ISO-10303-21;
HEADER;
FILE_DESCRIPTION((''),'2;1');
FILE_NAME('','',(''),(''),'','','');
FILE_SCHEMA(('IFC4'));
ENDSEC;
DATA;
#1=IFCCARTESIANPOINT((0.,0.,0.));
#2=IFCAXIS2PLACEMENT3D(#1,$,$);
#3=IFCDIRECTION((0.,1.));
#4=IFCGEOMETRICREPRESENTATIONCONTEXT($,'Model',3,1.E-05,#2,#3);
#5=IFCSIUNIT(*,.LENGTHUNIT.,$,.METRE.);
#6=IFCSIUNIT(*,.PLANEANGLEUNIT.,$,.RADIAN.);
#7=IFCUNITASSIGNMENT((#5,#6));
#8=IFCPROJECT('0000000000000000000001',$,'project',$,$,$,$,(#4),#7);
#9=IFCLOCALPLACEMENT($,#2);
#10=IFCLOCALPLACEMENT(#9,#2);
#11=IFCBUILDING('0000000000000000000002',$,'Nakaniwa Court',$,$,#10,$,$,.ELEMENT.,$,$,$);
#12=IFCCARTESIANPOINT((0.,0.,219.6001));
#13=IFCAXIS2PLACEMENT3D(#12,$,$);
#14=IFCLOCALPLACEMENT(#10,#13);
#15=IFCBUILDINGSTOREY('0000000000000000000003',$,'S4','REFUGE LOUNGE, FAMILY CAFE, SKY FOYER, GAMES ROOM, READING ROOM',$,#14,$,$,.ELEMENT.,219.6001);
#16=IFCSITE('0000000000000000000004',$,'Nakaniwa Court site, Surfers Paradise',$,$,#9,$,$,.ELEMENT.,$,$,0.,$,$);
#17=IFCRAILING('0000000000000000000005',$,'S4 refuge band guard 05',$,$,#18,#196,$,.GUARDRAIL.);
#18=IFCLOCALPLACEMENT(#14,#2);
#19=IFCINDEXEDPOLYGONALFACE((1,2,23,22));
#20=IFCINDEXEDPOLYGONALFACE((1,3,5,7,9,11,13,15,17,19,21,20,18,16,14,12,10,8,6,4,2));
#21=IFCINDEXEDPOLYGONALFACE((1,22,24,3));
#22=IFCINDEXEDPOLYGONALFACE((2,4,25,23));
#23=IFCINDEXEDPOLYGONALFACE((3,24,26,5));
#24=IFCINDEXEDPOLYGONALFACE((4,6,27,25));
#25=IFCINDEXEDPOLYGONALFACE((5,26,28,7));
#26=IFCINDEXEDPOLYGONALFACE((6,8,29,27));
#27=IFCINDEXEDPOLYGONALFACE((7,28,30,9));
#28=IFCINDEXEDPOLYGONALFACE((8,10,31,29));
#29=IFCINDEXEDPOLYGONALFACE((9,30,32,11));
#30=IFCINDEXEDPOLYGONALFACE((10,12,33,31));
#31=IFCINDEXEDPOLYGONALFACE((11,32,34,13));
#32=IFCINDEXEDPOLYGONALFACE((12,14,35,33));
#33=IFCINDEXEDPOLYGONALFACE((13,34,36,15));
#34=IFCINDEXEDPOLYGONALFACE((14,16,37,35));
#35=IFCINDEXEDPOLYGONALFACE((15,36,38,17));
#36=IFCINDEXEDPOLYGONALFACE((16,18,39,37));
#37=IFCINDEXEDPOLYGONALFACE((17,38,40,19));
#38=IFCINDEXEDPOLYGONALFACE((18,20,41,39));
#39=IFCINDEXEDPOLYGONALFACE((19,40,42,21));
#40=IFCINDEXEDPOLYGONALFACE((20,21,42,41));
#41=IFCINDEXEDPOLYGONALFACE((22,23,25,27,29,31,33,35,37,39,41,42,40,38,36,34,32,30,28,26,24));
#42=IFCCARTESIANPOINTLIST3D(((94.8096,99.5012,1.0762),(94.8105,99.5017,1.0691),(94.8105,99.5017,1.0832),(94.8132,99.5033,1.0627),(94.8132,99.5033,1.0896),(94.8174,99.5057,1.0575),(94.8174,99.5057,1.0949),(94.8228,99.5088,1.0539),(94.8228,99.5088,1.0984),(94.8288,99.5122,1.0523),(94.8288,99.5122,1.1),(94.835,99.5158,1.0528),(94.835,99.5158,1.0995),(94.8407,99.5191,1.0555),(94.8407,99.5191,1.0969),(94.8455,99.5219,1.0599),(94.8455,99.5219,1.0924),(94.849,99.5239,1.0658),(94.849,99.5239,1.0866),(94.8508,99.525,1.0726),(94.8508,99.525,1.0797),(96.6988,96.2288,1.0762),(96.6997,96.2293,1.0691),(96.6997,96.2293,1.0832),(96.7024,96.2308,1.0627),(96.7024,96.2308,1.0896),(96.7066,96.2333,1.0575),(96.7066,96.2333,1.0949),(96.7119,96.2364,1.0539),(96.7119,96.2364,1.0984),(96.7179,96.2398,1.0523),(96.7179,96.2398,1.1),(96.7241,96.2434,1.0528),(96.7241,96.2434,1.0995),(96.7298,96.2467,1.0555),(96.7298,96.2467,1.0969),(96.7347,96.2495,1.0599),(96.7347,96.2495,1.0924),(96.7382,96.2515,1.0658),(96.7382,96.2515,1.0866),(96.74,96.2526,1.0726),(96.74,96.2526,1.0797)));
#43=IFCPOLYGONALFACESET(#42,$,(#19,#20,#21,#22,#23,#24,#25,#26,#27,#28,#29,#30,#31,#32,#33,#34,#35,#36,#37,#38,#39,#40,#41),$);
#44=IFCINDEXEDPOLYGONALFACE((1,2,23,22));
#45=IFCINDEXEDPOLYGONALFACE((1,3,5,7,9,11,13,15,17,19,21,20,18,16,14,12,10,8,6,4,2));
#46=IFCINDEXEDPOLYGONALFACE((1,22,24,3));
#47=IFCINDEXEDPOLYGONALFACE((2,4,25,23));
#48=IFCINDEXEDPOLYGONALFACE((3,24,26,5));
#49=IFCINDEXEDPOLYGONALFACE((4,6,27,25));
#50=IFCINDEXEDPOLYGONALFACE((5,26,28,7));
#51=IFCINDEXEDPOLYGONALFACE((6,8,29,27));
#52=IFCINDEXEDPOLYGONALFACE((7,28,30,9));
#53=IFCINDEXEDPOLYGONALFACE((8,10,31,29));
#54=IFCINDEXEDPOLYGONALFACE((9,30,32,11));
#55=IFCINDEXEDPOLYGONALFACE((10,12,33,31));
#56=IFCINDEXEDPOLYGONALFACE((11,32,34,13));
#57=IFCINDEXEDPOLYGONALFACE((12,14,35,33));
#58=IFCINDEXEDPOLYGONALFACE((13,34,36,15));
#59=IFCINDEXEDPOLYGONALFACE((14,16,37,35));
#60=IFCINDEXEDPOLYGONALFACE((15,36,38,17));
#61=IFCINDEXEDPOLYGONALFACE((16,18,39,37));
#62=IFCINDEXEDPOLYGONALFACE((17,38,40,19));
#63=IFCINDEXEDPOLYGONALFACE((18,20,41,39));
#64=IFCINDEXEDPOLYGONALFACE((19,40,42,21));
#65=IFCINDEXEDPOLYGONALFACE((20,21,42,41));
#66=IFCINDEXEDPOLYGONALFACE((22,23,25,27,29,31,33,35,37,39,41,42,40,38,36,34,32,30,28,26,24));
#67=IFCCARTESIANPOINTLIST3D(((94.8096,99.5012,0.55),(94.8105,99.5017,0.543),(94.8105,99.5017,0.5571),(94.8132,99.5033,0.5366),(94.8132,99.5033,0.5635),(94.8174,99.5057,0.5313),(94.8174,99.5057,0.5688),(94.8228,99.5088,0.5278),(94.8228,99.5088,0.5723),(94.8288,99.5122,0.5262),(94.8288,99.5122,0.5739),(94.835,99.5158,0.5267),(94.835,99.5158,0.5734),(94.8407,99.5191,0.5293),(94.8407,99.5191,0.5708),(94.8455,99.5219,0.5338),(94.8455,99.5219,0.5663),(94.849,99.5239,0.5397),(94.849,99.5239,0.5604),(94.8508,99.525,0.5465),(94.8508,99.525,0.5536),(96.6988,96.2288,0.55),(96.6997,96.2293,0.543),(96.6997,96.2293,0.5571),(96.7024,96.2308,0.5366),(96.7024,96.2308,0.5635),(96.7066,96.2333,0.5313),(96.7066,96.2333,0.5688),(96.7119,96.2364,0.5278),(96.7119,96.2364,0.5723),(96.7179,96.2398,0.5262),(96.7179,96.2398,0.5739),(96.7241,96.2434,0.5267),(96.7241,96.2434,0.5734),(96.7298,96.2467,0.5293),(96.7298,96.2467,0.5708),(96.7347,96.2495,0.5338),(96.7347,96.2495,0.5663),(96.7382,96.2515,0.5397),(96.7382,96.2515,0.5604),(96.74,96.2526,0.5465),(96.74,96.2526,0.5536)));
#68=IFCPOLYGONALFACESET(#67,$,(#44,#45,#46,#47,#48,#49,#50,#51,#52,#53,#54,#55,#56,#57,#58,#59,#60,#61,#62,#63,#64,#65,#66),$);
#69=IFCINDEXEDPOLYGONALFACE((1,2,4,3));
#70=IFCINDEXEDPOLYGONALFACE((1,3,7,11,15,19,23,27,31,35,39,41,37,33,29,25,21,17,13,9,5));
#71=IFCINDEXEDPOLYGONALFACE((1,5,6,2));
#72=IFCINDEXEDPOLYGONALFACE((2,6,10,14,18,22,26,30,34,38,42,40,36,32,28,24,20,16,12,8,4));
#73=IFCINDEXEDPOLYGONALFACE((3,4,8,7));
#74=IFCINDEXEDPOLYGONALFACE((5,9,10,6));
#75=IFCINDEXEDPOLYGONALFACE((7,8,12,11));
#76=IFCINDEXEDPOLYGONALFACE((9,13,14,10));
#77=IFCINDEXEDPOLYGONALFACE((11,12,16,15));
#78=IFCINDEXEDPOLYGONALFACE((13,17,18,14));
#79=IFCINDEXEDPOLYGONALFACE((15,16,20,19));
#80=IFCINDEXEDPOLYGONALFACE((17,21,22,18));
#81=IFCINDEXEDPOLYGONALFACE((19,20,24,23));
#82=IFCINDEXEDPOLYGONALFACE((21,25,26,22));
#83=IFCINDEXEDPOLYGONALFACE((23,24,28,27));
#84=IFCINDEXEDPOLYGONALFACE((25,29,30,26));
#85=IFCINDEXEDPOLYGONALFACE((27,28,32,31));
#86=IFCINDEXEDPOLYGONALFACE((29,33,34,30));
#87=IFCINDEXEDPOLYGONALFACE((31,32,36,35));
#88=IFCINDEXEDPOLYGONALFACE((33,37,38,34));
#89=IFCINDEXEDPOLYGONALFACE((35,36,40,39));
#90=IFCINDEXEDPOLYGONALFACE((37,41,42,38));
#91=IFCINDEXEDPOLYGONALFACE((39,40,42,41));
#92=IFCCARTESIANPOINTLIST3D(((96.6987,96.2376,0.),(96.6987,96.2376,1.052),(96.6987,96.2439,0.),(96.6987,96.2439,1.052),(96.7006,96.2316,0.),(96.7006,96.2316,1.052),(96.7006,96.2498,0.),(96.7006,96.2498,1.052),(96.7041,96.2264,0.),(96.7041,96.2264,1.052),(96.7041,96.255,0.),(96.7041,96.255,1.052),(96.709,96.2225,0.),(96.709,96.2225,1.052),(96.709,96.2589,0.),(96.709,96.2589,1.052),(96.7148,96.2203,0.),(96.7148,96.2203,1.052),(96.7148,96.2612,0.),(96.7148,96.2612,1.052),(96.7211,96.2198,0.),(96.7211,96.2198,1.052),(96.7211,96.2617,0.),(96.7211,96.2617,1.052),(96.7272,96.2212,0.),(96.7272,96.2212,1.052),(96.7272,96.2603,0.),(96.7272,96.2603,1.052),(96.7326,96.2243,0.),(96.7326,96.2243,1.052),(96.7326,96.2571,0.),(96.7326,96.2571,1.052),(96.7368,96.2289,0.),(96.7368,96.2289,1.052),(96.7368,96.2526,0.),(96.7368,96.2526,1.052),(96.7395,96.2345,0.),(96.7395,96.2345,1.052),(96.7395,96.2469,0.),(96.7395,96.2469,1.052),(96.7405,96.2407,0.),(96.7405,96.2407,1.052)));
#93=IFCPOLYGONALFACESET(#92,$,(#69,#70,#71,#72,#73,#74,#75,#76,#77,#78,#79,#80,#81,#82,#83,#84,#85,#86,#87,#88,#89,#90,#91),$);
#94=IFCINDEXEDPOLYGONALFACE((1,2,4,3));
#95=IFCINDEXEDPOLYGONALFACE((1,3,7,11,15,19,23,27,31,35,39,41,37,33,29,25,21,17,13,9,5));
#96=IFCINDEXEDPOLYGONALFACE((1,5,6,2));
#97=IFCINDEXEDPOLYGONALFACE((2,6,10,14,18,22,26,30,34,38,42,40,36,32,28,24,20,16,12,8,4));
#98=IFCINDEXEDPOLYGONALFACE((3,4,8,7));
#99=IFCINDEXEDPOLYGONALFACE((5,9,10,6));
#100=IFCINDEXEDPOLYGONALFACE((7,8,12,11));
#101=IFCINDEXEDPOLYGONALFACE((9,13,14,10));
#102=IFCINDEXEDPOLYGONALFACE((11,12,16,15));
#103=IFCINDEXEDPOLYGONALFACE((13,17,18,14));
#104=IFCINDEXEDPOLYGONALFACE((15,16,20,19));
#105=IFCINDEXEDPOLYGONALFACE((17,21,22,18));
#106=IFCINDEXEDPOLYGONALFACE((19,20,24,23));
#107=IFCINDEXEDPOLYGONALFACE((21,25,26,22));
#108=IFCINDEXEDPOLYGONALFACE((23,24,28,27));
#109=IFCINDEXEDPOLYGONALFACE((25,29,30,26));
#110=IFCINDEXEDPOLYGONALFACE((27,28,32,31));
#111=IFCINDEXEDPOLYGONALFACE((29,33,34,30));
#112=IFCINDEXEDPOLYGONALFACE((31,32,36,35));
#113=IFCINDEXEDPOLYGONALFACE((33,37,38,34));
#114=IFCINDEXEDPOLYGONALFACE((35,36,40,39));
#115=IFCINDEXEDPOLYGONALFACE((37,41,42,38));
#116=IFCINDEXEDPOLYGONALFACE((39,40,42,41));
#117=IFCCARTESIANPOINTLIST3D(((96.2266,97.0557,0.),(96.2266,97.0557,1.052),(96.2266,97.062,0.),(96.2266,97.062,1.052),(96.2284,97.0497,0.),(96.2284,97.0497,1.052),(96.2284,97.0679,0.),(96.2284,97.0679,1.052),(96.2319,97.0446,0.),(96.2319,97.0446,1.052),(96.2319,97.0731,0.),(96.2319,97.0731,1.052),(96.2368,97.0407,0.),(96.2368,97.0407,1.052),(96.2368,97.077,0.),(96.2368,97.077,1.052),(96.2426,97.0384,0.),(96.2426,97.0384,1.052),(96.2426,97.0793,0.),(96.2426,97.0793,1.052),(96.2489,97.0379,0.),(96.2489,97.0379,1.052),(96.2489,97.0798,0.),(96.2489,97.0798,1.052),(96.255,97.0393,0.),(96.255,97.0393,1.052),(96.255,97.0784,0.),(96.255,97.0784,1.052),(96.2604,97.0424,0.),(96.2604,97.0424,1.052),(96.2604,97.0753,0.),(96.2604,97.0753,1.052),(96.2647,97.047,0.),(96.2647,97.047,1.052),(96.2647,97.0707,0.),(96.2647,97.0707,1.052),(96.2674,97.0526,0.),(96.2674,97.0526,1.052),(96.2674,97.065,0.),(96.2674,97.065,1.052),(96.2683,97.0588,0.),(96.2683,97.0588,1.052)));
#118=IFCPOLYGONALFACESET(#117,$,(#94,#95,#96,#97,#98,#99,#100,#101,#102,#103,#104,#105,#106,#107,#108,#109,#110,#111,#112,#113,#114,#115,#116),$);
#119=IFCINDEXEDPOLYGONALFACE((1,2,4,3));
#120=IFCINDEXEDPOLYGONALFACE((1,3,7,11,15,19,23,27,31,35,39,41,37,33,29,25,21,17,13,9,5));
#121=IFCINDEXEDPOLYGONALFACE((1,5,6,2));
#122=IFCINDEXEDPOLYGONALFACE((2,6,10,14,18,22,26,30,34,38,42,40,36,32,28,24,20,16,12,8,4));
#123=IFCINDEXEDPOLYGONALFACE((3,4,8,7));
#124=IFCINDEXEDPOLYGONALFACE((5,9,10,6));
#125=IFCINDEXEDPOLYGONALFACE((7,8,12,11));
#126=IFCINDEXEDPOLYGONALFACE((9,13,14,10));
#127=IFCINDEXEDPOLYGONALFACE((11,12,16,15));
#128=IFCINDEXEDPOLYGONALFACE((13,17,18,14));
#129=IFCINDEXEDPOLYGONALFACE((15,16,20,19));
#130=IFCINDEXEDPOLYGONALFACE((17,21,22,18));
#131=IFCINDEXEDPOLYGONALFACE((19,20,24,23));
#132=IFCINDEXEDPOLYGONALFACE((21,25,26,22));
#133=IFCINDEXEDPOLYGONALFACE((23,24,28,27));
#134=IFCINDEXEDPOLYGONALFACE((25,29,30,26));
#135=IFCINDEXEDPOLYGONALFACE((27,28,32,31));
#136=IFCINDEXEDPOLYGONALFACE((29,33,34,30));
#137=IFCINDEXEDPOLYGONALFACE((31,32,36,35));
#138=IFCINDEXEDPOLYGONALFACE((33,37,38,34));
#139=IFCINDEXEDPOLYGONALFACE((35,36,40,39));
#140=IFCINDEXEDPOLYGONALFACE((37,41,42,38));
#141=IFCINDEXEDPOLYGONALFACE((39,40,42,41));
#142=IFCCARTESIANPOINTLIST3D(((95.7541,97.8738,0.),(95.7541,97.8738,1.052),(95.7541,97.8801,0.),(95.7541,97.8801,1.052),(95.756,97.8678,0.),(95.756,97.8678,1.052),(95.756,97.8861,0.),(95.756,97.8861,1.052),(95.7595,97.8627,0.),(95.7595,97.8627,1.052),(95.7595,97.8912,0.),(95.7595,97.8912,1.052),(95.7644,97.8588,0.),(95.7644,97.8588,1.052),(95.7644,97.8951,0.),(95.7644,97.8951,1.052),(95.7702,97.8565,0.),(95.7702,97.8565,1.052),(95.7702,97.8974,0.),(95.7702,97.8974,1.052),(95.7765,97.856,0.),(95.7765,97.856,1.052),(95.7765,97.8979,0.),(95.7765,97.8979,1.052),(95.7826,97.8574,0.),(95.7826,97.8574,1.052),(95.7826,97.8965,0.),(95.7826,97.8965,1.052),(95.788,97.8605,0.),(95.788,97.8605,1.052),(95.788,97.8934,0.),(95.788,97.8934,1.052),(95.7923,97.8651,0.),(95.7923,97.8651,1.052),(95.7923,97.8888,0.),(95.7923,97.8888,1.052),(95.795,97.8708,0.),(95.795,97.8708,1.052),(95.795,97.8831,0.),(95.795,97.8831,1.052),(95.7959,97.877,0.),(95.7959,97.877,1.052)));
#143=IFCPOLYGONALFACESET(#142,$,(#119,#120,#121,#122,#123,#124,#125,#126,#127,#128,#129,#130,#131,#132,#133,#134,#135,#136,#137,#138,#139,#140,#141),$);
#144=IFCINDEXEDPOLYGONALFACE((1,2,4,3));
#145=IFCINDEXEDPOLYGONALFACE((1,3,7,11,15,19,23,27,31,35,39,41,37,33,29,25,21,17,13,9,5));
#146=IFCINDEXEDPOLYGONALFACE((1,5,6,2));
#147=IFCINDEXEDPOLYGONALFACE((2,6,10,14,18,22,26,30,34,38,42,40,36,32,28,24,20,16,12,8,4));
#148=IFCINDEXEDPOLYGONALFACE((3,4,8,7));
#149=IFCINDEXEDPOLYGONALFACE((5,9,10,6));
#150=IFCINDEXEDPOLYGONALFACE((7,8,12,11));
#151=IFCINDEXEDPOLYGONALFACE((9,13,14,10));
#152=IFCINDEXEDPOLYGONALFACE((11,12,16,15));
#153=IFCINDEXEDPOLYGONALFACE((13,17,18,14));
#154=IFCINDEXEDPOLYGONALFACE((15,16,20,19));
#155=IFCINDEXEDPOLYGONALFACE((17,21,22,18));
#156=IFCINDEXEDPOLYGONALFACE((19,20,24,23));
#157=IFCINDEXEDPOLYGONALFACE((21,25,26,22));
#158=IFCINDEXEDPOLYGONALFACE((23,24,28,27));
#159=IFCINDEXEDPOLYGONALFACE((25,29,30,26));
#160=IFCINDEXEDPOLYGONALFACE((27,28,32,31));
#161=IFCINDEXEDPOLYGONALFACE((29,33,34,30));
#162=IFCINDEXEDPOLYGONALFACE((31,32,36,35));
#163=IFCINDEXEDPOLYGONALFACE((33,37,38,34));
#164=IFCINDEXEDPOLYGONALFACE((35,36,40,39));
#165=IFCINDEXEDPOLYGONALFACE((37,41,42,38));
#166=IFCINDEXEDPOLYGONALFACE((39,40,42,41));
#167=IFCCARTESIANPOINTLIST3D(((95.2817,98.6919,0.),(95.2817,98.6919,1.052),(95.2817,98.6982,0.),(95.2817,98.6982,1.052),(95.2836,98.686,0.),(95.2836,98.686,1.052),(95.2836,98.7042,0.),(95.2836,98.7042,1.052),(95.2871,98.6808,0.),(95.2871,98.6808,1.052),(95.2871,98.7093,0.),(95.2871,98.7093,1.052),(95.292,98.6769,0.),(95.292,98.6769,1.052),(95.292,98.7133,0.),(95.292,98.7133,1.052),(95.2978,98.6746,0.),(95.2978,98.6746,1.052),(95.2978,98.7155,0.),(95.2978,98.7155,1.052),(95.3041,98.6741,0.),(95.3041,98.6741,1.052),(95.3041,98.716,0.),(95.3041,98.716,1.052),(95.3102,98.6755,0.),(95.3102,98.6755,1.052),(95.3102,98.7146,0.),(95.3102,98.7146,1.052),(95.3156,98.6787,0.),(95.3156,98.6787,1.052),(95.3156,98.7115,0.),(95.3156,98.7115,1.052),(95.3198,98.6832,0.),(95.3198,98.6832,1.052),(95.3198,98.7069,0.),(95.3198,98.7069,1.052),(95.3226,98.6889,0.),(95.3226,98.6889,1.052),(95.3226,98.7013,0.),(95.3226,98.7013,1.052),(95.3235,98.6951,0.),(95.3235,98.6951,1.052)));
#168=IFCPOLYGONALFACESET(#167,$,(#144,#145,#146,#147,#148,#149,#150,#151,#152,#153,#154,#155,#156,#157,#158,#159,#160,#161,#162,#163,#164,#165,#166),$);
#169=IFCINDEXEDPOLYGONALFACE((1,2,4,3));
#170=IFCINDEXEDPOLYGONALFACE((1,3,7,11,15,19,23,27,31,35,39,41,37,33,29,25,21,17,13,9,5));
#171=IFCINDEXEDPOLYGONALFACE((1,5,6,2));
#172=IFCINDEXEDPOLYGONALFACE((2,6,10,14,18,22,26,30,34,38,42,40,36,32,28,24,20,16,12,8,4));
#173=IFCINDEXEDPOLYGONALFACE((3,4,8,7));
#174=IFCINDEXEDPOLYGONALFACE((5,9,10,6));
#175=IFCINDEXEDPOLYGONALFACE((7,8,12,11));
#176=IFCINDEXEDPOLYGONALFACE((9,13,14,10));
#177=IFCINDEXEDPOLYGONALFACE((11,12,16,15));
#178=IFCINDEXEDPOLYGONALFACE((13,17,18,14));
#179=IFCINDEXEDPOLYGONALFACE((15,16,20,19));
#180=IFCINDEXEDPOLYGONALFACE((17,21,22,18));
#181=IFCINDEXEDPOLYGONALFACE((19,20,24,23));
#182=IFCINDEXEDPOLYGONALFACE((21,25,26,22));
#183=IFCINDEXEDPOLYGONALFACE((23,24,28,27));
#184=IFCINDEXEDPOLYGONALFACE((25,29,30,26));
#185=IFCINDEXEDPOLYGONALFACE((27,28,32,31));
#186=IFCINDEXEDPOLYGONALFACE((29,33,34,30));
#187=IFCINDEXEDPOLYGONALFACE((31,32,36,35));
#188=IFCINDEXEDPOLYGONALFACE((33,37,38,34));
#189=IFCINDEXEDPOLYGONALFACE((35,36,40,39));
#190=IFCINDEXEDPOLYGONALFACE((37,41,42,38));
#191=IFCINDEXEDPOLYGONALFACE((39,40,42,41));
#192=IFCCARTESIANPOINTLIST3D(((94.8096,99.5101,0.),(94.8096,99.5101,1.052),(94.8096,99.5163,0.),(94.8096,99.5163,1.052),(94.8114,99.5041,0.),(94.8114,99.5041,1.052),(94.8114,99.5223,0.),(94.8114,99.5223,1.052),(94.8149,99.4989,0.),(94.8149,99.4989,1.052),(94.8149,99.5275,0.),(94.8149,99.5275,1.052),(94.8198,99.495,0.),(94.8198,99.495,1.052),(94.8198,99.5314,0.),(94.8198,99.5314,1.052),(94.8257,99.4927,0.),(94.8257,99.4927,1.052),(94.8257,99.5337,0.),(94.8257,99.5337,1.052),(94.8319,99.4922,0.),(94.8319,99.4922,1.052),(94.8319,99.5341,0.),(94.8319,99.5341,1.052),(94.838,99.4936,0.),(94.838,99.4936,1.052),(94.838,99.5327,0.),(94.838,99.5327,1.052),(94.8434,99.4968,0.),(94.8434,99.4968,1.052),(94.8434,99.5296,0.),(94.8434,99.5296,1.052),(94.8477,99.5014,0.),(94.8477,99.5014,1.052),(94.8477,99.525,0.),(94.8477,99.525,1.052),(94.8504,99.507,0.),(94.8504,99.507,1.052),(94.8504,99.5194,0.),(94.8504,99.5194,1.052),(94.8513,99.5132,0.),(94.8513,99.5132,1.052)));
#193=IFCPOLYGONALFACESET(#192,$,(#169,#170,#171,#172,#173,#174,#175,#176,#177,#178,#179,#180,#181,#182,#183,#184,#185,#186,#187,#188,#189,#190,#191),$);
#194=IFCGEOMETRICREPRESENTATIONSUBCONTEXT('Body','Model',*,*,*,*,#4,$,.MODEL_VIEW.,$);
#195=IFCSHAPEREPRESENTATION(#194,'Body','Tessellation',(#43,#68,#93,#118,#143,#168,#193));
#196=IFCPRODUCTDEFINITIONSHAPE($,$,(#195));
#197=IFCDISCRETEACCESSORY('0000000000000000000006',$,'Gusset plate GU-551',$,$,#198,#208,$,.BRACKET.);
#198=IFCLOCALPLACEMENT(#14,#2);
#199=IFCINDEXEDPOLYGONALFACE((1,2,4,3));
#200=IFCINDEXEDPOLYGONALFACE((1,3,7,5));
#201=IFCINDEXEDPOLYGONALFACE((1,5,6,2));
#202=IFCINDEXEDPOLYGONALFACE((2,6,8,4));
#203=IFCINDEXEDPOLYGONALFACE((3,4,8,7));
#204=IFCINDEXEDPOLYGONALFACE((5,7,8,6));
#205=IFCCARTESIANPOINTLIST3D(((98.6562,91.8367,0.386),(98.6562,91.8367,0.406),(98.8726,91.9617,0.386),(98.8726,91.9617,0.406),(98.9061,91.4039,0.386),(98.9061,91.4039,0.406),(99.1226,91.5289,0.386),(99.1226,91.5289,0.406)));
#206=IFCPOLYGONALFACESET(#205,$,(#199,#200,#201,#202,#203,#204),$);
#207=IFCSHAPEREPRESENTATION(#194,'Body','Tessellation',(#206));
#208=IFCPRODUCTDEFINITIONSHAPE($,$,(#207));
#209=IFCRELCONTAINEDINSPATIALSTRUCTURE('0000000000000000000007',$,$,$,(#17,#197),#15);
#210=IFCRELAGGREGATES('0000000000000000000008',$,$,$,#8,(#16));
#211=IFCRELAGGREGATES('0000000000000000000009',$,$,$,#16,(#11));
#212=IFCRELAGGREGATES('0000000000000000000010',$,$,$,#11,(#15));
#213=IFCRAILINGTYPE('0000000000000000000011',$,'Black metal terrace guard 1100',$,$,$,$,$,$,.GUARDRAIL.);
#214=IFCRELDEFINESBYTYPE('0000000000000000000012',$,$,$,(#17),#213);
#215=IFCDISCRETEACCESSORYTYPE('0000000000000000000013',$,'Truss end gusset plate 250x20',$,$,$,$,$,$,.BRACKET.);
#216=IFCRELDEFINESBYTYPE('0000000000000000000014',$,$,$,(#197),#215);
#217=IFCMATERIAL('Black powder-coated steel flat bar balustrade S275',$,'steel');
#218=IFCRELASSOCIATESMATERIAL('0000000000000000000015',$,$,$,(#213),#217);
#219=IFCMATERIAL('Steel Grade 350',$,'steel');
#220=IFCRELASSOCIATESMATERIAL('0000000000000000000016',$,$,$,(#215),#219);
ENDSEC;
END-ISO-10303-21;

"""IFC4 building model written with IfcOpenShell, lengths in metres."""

from ifc_helpers import new_model, si_unit, direction, frame, origin, origin_2d, place, context, subcontext, project, spatial, rectangle, circle, extrude, material, material_profile, profile_set, type_object, element, save


model = new_model("IFC4")

# Units and contexts
model_context = context("Model", 3, precision=1e-05, world=origin(), true_north=direction((0.0, 1.0)))
body_context = subcontext(model_context, "Body", "Model", "MODEL_VIEW")
ifc_project = project(units=[si_unit("LENGTHUNIT", "METRE"), si_unit("PLANEANGLEUNIT", "RADIAN")], contexts=[model_context])

# Site, building, storey
site_placement = place(None, origin())
site = spatial("IfcSite", under=ifc_project, at=site_placement, Name="Nakaniwa Court site, Surfers Paradise", CompositionType="ELEMENT", RefElevation=0.0)
building_placement = place(site_placement, origin())
building = spatial("IfcBuilding", under=site, at=building_placement, Name="Nakaniwa Court", CompositionType="ELEMENT")
storey_placement = place(building_placement, frame((0.0, 0.0, 219.6001)))
storey = spatial("IfcBuildingStorey", under=building, at=storey_placement, Name="S4", Description="REFUGE LOUNGE, FAMILY CAFE, SKY FOYER, GAMES ROOM, READING ROOM", CompositionType="ELEMENT", Elevation=219.6001)

# Shared definitions
ifc_material_1 = material(Name="Steel Grade 350", Category="steel")

# Railing
ifc_material_2 = material(Name="Black powder-coated steel flat bar balustrade S275", Category="steel")
railing_type = type_object("IfcRailingType", Name="Black metal terrace guard 1100", PredefinedType="GUARDRAIL", material=ifc_material_2)
railing_1_placement = place(storey_placement, frame((96.7195, 96.2407, 0.0)))
element("IfcRailing", 1, at=railing_1_placement, inside=storey, type_object=railing_type, Name="S4 refuge band guard 05", PredefinedType="GUARDRAIL", context=body_context, shape_type="SweptSolid", body=[
    extrude(circle(Radius=0.0239, at=origin_2d()), frame((0.0, 0.0, 1.0762), z_axis=(-0.499961, 0.866048, 0.0), x_axis=(-0.866048, -0.499961, 0.0)), (0.0, 0.0, 1.0), 3.7786),
    extrude(circle(Radius=0.0239, at=origin_2d()), frame((0.0, 0.0, 0.55), z_axis=(-0.499961, 0.866048, 0.0), x_axis=(-0.866048, -0.499961, 0.0)), (0.0, 0.0, 1.0), 3.7786),
    extrude(circle(Radius=0.021, at=origin_2d()), origin(), (0.0, 0.0, 1.0), 1.052),
    extrude(circle(Radius=0.021, at=origin_2d()), frame((-0.4722, 0.8181, 0.0)), (0.0, 0.0, 1.0), 1.052),
    extrude(circle(Radius=0.021, at=origin_2d()), frame((-0.9446, 1.6362, 0.0)), (0.0, 0.0, 1.0), 1.052),
    extrude(circle(Radius=0.021, at=origin_2d()), frame((-1.417, 2.4543, 0.0)), (0.0, 0.0, 1.0), 1.052),
    extrude(circle(Radius=0.021, at=origin_2d()), frame((-1.8892, 3.2725, 0.0)), (0.0, 0.0, 1.0), 1.052),
])

# Discrete accessory
ifc_material_profile_1 = material_profile(ifc_material_1, rectangle(XDim=0.25, YDim=0.02, at=origin_2d()), Name="Truss end gusset plate 250x20")
ifc_profile_set_1 = profile_set([ifc_material_profile_1], Name="Steel Grade 350")
discrete_accessory_type = type_object("IfcDiscreteAccessoryType", Name="Truss end gusset plate 250x20", PredefinedType="BRACKET", material=ifc_profile_set_1)
discrete_accessory_1_placement = place(storey_placement, frame((98.7644, 91.8992, 0.396), z_axis=(0.500131, -0.86595, 0.0), x_axis=(0.86595, 0.500131, 0.0)))
element("IfcDiscreteAccessory", 2, at=discrete_accessory_1_placement, inside=storey, type_object=discrete_accessory_type, Name="Gusset plate GU-551", PredefinedType="BRACKET", context=body_context, shape_type="SweptSolid", body=[
    extrude(rectangle(XDim=0.25, YDim=0.02, at=origin_2d()), origin(), (0.0, 0.0, 1.0), 0.4998),
])

save(model, "model.ifc")
